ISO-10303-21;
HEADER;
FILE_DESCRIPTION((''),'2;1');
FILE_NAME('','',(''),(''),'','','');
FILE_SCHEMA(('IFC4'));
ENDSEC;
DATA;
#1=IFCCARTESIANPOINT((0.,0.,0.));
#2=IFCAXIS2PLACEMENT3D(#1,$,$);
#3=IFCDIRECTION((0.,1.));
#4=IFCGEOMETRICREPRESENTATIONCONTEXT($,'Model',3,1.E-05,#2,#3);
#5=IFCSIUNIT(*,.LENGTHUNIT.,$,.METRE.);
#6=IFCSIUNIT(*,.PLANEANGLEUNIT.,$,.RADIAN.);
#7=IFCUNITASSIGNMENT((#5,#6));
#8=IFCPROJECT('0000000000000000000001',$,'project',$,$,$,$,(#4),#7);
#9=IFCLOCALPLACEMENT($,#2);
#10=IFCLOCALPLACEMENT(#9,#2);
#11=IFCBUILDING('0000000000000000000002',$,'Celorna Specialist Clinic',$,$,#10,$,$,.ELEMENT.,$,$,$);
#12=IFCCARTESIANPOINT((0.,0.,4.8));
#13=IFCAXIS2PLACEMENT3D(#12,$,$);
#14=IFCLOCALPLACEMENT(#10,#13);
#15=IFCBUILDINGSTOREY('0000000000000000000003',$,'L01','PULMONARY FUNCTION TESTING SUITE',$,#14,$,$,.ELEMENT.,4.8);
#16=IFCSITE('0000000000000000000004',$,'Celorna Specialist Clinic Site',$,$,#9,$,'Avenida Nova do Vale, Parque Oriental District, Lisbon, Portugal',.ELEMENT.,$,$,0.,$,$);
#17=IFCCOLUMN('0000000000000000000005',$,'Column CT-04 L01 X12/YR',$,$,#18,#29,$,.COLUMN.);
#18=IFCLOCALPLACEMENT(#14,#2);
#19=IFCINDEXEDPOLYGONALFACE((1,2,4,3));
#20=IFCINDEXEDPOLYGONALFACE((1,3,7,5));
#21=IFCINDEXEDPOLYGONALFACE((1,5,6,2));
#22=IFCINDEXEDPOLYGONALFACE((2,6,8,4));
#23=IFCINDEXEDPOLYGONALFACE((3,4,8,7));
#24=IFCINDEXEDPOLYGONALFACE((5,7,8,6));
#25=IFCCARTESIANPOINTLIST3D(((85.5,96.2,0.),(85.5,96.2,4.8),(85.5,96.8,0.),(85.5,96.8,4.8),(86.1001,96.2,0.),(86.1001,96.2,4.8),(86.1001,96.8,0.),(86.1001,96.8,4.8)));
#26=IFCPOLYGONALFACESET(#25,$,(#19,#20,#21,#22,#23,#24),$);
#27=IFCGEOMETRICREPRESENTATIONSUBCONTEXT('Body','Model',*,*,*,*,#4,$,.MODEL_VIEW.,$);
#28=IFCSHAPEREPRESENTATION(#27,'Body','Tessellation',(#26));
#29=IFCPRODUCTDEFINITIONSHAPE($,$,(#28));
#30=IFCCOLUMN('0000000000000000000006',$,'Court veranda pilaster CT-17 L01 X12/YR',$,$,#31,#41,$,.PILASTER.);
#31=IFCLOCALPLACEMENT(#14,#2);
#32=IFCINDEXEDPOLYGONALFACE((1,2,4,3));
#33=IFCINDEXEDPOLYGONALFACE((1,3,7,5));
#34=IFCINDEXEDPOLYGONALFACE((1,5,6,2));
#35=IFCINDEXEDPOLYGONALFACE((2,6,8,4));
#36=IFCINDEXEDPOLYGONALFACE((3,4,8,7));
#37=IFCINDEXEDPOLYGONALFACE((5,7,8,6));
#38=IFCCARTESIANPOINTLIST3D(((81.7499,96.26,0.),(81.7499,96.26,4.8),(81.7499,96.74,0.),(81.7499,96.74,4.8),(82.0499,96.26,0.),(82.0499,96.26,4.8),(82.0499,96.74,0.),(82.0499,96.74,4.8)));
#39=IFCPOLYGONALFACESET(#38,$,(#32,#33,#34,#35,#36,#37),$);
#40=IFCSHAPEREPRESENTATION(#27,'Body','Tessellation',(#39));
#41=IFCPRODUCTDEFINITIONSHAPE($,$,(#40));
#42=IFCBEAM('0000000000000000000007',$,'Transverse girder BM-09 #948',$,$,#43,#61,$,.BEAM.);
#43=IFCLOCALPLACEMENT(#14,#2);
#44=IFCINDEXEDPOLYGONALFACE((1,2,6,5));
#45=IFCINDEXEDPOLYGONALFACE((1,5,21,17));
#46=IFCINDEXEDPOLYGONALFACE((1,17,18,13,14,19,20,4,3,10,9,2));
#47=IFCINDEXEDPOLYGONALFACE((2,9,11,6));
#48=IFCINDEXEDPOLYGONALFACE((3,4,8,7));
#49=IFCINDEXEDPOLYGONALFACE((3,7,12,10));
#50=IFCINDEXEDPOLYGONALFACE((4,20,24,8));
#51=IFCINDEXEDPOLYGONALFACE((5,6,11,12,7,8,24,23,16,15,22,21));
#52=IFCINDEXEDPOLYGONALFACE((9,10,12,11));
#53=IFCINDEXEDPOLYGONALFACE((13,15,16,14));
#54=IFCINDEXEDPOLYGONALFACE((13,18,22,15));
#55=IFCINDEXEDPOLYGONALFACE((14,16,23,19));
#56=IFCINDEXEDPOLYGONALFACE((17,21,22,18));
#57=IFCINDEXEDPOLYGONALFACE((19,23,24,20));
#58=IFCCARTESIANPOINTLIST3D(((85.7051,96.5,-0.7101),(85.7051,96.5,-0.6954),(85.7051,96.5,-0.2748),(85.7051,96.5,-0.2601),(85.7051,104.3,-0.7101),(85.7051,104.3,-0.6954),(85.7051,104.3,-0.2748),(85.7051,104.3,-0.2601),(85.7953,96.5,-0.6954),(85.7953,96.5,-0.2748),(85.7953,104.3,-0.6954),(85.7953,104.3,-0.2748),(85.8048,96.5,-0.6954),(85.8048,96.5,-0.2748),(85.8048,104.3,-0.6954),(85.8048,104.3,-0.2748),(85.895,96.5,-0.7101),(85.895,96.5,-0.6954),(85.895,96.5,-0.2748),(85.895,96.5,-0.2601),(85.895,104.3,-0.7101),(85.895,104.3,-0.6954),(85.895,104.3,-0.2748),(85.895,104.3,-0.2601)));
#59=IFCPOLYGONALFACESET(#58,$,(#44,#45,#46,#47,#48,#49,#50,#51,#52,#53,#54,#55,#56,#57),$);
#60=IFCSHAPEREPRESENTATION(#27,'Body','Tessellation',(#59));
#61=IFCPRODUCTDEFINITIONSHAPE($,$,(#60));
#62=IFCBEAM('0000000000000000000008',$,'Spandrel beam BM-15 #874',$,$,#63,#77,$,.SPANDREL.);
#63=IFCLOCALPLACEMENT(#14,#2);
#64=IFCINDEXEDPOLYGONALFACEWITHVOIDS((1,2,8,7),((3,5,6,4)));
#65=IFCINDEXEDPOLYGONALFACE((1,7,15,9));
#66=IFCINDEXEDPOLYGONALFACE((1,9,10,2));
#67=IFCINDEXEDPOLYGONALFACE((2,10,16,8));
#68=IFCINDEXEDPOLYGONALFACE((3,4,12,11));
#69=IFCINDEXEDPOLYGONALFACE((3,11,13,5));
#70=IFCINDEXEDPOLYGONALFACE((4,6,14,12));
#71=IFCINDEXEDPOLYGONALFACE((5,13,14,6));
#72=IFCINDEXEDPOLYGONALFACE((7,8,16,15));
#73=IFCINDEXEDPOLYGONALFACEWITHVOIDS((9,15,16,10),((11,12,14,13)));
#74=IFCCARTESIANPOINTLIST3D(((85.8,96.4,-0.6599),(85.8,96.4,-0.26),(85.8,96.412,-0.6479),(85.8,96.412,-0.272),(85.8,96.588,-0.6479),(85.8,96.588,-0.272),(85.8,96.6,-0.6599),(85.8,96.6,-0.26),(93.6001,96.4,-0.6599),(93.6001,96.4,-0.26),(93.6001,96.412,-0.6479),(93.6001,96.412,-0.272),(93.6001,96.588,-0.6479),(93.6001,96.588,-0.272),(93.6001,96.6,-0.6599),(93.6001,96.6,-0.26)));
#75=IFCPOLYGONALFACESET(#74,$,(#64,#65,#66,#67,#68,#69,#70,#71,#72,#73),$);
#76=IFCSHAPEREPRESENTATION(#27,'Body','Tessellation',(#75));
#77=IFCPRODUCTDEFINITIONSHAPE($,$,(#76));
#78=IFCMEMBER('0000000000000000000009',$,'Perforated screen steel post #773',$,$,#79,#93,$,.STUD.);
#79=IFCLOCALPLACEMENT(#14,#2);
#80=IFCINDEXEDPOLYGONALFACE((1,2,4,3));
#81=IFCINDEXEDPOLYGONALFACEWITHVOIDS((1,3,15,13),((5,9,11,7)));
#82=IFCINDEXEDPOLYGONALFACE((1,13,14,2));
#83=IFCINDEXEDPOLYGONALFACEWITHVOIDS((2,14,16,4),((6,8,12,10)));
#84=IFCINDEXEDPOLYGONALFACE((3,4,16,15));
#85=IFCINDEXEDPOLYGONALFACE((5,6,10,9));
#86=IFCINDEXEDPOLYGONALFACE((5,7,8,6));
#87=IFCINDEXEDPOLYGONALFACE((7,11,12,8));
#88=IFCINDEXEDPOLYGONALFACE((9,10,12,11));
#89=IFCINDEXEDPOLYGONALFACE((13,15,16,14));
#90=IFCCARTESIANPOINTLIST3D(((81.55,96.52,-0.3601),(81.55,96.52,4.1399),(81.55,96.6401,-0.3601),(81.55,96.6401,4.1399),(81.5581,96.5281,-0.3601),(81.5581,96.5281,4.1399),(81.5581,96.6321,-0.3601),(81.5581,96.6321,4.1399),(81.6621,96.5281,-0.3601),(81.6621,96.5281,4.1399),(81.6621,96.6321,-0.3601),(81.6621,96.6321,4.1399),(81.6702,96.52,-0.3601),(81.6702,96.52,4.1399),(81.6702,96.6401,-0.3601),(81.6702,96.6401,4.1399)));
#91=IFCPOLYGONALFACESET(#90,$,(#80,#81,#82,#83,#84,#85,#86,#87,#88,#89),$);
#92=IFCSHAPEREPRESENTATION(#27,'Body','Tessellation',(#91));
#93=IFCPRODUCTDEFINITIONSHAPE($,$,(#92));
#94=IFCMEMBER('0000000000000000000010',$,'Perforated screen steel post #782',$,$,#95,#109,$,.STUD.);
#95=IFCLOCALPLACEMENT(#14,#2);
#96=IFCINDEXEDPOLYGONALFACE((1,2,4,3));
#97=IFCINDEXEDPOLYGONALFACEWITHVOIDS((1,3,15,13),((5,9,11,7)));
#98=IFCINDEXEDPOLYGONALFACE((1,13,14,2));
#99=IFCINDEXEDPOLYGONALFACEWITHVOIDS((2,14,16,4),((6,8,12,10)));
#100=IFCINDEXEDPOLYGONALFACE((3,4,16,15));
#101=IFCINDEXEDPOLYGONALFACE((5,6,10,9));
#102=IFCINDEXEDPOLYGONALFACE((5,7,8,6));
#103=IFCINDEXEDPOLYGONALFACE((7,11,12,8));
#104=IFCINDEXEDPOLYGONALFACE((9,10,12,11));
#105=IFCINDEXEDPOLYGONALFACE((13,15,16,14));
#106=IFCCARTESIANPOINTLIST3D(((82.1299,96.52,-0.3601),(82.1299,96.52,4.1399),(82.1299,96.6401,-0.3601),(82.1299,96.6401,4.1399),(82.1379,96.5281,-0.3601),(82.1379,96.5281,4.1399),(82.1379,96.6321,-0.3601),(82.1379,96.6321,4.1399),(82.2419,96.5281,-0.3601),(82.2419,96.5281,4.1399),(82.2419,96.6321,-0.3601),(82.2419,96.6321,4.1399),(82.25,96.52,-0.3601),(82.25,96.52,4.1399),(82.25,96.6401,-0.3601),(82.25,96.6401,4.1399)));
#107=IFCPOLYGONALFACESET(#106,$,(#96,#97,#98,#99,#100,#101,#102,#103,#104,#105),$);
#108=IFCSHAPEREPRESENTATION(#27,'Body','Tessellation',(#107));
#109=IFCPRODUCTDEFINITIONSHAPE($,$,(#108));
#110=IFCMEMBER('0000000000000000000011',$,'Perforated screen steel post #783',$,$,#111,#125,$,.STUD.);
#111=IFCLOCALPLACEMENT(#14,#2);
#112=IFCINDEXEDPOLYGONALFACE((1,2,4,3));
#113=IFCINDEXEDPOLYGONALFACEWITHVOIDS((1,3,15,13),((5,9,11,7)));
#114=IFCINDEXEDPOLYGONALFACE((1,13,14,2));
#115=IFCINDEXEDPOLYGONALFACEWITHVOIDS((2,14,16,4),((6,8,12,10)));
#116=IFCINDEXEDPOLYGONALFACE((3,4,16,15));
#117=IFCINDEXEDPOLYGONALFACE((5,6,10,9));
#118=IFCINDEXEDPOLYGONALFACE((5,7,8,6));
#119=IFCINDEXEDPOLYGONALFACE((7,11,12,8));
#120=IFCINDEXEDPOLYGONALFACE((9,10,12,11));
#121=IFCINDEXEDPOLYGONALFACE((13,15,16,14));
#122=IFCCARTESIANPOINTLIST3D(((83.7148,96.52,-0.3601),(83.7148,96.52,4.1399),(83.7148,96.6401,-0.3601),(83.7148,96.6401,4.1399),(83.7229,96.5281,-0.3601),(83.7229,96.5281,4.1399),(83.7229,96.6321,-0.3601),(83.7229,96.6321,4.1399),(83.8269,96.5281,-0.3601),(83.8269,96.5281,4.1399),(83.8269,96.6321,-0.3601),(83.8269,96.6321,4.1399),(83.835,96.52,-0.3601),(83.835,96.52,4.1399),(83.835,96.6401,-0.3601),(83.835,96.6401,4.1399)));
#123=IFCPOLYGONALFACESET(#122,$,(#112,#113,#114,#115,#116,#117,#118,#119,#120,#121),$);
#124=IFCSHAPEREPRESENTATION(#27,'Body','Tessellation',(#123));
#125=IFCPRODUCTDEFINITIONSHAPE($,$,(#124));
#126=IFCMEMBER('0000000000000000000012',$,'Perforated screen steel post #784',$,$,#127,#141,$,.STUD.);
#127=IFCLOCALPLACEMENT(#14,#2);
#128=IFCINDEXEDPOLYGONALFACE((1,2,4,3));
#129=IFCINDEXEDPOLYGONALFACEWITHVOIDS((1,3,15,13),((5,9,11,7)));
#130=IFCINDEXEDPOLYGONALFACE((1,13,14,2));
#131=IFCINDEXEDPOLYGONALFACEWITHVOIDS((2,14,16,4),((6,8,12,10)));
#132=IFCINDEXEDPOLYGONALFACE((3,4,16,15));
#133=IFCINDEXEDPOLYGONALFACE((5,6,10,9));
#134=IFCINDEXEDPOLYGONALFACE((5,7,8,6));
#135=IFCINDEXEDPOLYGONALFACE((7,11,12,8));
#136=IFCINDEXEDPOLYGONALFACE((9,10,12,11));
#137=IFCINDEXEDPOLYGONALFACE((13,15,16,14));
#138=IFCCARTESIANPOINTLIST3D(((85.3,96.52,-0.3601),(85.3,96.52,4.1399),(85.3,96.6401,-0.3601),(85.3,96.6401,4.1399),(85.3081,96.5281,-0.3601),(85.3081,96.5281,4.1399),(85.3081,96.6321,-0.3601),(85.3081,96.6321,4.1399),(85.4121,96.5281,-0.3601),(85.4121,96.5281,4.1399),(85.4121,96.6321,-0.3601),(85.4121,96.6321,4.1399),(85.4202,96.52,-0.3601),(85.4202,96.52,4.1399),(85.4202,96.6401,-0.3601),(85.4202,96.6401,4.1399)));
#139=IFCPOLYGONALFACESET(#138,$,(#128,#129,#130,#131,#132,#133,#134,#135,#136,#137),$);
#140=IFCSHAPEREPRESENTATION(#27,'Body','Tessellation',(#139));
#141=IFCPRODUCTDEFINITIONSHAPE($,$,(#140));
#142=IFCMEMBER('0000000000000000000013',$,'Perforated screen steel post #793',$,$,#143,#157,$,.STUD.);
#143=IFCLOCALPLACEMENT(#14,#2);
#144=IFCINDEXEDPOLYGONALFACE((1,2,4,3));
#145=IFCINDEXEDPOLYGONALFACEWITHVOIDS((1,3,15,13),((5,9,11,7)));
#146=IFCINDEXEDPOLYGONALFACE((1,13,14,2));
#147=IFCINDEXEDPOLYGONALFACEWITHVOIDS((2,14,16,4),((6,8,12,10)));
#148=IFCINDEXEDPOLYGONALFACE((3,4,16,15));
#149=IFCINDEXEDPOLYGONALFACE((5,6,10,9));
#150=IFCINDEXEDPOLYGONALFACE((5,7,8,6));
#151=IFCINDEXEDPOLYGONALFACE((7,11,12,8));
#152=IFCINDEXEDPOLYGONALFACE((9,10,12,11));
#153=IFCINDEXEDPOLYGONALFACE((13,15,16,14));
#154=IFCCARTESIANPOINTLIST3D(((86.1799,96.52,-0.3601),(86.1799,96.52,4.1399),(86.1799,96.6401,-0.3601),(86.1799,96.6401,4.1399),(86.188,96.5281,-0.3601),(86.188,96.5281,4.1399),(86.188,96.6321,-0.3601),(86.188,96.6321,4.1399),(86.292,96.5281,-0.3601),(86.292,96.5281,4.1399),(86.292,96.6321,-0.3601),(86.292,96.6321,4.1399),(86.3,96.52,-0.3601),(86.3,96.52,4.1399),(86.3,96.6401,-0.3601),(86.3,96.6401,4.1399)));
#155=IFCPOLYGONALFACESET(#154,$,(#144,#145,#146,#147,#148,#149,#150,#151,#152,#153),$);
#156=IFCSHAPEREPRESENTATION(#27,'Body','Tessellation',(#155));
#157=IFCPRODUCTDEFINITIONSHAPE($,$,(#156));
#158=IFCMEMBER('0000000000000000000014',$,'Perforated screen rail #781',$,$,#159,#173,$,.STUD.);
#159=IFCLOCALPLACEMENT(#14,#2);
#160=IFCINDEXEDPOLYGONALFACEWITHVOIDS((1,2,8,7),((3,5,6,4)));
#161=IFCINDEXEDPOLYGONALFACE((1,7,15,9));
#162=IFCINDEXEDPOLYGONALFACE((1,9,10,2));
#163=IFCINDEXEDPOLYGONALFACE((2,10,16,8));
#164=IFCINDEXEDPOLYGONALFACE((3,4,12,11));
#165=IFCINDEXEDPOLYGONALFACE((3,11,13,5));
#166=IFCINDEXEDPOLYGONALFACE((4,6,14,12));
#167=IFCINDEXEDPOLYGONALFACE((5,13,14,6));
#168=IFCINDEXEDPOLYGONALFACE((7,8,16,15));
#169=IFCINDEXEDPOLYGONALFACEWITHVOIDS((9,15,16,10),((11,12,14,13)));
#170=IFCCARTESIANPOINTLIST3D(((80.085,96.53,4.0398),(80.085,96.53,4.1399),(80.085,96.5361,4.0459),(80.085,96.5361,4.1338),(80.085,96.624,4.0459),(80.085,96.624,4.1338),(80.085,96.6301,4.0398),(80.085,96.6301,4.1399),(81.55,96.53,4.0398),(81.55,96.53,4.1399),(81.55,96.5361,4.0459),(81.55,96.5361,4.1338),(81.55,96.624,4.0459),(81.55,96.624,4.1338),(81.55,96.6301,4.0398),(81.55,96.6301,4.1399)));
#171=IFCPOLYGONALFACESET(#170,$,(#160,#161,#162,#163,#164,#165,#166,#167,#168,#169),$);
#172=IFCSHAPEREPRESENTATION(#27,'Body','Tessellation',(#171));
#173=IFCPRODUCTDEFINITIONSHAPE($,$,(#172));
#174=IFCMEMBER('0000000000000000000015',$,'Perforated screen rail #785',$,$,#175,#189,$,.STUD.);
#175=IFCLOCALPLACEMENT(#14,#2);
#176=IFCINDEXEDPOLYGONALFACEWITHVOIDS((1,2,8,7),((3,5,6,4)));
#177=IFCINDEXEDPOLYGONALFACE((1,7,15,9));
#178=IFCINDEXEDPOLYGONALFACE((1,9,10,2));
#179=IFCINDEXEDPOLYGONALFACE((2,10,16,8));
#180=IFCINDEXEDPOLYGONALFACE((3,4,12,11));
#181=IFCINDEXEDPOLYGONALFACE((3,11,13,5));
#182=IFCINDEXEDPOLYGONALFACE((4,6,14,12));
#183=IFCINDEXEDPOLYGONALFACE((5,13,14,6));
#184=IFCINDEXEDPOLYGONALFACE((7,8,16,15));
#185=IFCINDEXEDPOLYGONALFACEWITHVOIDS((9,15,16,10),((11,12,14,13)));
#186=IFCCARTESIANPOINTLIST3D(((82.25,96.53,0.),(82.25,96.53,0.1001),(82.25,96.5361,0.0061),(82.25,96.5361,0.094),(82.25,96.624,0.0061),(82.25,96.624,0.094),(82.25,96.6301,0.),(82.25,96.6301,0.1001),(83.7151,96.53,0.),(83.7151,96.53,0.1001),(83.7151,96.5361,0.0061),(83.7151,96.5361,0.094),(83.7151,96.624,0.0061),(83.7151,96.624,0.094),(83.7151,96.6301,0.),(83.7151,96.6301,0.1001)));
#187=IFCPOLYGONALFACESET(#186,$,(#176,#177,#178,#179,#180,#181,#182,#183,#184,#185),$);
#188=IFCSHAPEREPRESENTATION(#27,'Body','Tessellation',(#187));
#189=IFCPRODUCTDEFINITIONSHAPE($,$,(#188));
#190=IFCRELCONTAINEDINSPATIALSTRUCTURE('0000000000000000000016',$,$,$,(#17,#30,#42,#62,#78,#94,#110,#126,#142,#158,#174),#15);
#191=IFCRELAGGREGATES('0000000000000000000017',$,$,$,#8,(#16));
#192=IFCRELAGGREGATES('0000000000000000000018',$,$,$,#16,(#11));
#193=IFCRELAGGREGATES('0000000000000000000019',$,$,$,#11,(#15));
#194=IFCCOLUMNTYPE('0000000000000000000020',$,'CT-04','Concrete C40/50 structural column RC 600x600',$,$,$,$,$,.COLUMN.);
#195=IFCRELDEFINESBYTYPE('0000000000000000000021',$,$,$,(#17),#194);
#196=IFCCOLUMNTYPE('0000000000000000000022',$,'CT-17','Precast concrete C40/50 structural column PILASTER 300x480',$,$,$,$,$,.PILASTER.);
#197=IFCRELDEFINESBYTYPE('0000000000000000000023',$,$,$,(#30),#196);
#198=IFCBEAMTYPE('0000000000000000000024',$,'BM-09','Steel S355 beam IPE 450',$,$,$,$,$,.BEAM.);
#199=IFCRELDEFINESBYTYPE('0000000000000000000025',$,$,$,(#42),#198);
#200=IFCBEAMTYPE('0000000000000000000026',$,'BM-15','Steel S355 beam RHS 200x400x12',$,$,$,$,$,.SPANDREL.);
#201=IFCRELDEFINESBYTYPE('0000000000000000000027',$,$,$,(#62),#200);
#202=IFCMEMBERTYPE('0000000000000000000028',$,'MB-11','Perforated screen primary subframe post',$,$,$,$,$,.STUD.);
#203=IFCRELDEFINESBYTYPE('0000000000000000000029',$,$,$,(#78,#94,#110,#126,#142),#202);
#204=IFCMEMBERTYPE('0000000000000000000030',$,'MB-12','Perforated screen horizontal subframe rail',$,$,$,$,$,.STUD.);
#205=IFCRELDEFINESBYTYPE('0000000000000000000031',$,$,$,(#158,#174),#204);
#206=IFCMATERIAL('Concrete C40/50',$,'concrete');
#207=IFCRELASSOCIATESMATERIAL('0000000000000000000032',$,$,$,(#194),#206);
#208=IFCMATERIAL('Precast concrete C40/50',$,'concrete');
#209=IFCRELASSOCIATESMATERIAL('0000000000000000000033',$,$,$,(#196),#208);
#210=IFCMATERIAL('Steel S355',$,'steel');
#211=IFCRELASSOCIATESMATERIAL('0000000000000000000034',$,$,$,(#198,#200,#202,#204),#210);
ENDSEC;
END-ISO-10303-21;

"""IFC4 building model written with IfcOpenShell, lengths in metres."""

from ifc_helpers import new_model, si_unit, direction, frame, origin, origin_2d, place, context, subcontext, project, spatial, rectangle, hollow_rectangle, i_section, extrude, material, material_profile, profile_set, type_object, element, save


model = new_model("IFC4")

# Units and contexts
model_context = context("Model", 3, precision=1e-05, world=origin(), true_north=direction((0.0, 1.0)))
body_context = subcontext(model_context, "Body", "Model", "MODEL_VIEW")
ifc_project = project(units=[si_unit("LENGTHUNIT", "METRE"), si_unit("PLANEANGLEUNIT", "RADIAN")], contexts=[model_context])

# Site, building, storey
site_placement = place(None, origin())
site = spatial("IfcSite", under=ifc_project, at=site_placement, Name="Celorna Specialist Clinic Site", LongName="Avenida Nova do Vale, Parque Oriental District, Lisbon, Portugal", CompositionType="ELEMENT", RefElevation=0.0)
building_placement = place(site_placement, origin())
building = spatial("IfcBuilding", under=site, at=building_placement, Name="Celorna Specialist Clinic", CompositionType="ELEMENT")
storey_placement = place(building_placement, frame((0.0, 0.0, 4.8)))
storey = spatial("IfcBuildingStorey", under=building, at=storey_placement, Name="L01", Description="PULMONARY FUNCTION TESTING SUITE", CompositionType="ELEMENT", Elevation=4.8)

# Columns
ifc_material_1 = material(Name="Concrete C40/50", Category="concrete")
ifc_material_profile_1 = material_profile(ifc_material_1, rectangle(XDim=0.6001, YDim=0.6001, at=origin_2d()), Name="RC 600x600")
ifc_profile_set_1 = profile_set([ifc_material_profile_1], Name="Concrete C40/50")
column_type_1 = type_object("IfcColumnType", Name="CT-04", Description="Concrete C40/50 structural column RC 600x600", PredefinedType="COLUMN", material=ifc_profile_set_1)
column_1_placement = place(storey_placement, frame((85.8, 96.5, 0.0), z_axis=(0.0, 0.0, 1.0), x_axis=(1.0, 0.0, 0.0)))
element("IfcColumn", 1, at=column_1_placement, inside=storey, type_object=column_type_1, Name="Column CT-04 L01 X12/YR", PredefinedType="COLUMN", context=body_context, shape_type="SweptSolid", body=[
    extrude(rectangle(XDim=0.6001, YDim=0.6001, at=origin_2d()), origin(), (0.0, 0.0, 1.0), 4.8),
])
ifc_material_2 = material(Name="Precast concrete C40/50", Category="concrete")
ifc_material_profile_2 = material_profile(ifc_material_2, rectangle(XDim=0.3, YDim=0.48, at=origin_2d()), Name="PILASTER 300x480")
ifc_profile_set_2 = profile_set([ifc_material_profile_2], Name="Precast concrete C40/50")
column_type_2 = type_object("IfcColumnType", Name="CT-17", Description="Precast concrete C40/50 structural column PILASTER 300x480", PredefinedType="PILASTER", material=ifc_profile_set_2)
column_2_placement = place(storey_placement, frame((81.8999, 96.5, 0.0), z_axis=(0.0, 0.0, 1.0), x_axis=(1.0, 0.0, 0.0)))
element("IfcColumn", 2, at=column_2_placement, inside=storey, type_object=column_type_2, Name="Court veranda pilaster CT-17 L01 X12/YR", PredefinedType="PILASTER", context=body_context, shape_type="SweptSolid", body=[
    extrude(rectangle(XDim=0.3, YDim=0.48, at=origin_2d()), origin(), (0.0, 0.0, 1.0), 4.8),
])

# Beams
ifc_material_3 = material(Name="Steel S355", Category="steel")
ifc_material_profile_3 = material_profile(ifc_material_3, i_section(OverallWidth=0.1899, OverallDepth=0.45, WebThickness=0.0095, FlangeThickness=0.0146, at=origin_2d()), Name="IPE 450")
ifc_profile_set_3 = profile_set([ifc_material_profile_3], Name="Steel S355")
beam_type_1 = type_object("IfcBeamType", Name="BM-09", Description="Steel S355 beam IPE 450", PredefinedType="BEAM", material=ifc_profile_set_3)
beam_1_placement = place(storey_placement, frame((85.8, 96.5, -0.4851), z_axis=(0.0, 1.0, 0.0), x_axis=(-1.0, 0.0, 0.0)))
element("IfcBeam", 3, at=beam_1_placement, inside=storey, type_object=beam_type_1, Name="Transverse girder BM-09 #948", PredefinedType="BEAM", context=body_context, shape_type="SweptSolid", body=[
    extrude(i_section(OverallWidth=0.1899, OverallDepth=0.45, WebThickness=0.0095, FlangeThickness=0.0146, at=origin_2d()), origin(), (0.0, 0.0, 1.0), 7.8),
])
ifc_material_profile_4 = material_profile(ifc_material_3, hollow_rectangle(XDim=0.2, YDim=0.3999, WallThickness=0.012, at=origin_2d()), Name="RHS 200x400x12")
ifc_profile_set_4 = profile_set([ifc_material_profile_4], Name="Steel S355")
beam_type_2 = type_object("IfcBeamType", Name="BM-15", Description="Steel S355 beam RHS 200x400x12", PredefinedType="SPANDREL", material=ifc_profile_set_4)
beam_2_placement = place(storey_placement, frame((85.8, 96.5, -0.46), z_axis=(1.0, 0.0, 0.0), x_axis=(0.0, 1.0, 0.0)))
element("IfcBeam", 4, at=beam_2_placement, inside=storey, type_object=beam_type_2, Name="Spandrel beam BM-15 #874", PredefinedType="SPANDREL", context=body_context, shape_type="SweptSolid", body=[
    extrude(hollow_rectangle(XDim=0.2, YDim=0.3999, WallThickness=0.012, at=origin_2d()), origin(), (0.0, 0.0, 1.0), 7.8),
])

# Members
ifc_material_profile_5 = material_profile(ifc_material_3, hollow_rectangle(XDim=0.1201, YDim=0.1201, WallThickness=0.0081, at=origin_2d()), Name="SHS 120x120x8")
ifc_profile_set_5 = profile_set([ifc_material_profile_5], Name="Steel S355")
member_type_1 = type_object("IfcMemberType", Name="MB-11", Description="Perforated screen primary subframe post", PredefinedType="STUD", material=ifc_profile_set_5)
for number, where, z_axis, x_axis, name in (
    (5, (81.6101, 96.5801, -0.3601), (0.0, 0.0, 1.0), (1.0, 0.0, 0.0), "Perforated screen steel post #773"),
    (6, (82.1899, 96.5801, -0.3601), (0.0, 0.0, 1.0), (1.0, 0.0, 0.0), "Perforated screen steel post #782"),
    (7, (83.7749, 96.5801, -0.3601), (0.0, 0.0, 1.0), (1.0, 0.0, 0.0), "Perforated screen steel post #783"),
    (8, (85.3601, 96.5801, -0.3601), (0.0, 0.0, 1.0), (1.0, 0.0, 0.0), "Perforated screen steel post #784"),
    (9, (86.24, 96.5801, -0.3601), (0.0, 0.0, 1.0), (1.0, 0.0, 0.0), "Perforated screen steel post #793"),
):
    element("IfcMember", number, at=place(storey_placement, frame(where, z_axis=z_axis, x_axis=x_axis)), inside=storey, type_object=member_type_1, Name=name, PredefinedType="STUD", context=body_context, shape_type="SweptSolid", body=[
        extrude(hollow_rectangle(XDim=0.1201, YDim=0.1201, WallThickness=0.0081, at=origin_2d()), origin(), (0.0, 0.0, 1.0), 4.5),
    ])
ifc_material_profile_6 = material_profile(ifc_material_3, hollow_rectangle(XDim=0.1001, YDim=0.1001, WallThickness=0.0061, at=origin_2d()), Name="SHS 100x100x6")
ifc_profile_set_6 = profile_set([ifc_material_profile_6], Name="Steel S355")
member_type_2 = type_object("IfcMemberType", Name="MB-12", Description="Perforated screen horizontal subframe rail", PredefinedType="STUD", material=ifc_profile_set_6)
for number, where, z_axis, x_axis, name in (
    (10, (80.085, 96.5801, 4.0898), (1.0, 0.0, 0.0), (0.0, 1.0, 0.0), "Perforated screen rail #781"),
    (11, (82.25, 96.5801, 0.05), (1.0, 0.0, 0.0), (0.0, 1.0, 0.0), "Perforated screen rail #785"),
):
    element("IfcMember", number, at=place(storey_placement, frame(where, z_axis=z_axis, x_axis=x_axis)), inside=storey, type_object=member_type_2, Name=name, PredefinedType="STUD", context=body_context, shape_type="SweptSolid", body=[
        extrude(hollow_rectangle(XDim=0.1001, YDim=0.1001, WallThickness=0.0061, at=origin_2d()), origin(), (0.0, 0.0, 1.0), 1.4651),
    ])

save(model, "model.ifc")
